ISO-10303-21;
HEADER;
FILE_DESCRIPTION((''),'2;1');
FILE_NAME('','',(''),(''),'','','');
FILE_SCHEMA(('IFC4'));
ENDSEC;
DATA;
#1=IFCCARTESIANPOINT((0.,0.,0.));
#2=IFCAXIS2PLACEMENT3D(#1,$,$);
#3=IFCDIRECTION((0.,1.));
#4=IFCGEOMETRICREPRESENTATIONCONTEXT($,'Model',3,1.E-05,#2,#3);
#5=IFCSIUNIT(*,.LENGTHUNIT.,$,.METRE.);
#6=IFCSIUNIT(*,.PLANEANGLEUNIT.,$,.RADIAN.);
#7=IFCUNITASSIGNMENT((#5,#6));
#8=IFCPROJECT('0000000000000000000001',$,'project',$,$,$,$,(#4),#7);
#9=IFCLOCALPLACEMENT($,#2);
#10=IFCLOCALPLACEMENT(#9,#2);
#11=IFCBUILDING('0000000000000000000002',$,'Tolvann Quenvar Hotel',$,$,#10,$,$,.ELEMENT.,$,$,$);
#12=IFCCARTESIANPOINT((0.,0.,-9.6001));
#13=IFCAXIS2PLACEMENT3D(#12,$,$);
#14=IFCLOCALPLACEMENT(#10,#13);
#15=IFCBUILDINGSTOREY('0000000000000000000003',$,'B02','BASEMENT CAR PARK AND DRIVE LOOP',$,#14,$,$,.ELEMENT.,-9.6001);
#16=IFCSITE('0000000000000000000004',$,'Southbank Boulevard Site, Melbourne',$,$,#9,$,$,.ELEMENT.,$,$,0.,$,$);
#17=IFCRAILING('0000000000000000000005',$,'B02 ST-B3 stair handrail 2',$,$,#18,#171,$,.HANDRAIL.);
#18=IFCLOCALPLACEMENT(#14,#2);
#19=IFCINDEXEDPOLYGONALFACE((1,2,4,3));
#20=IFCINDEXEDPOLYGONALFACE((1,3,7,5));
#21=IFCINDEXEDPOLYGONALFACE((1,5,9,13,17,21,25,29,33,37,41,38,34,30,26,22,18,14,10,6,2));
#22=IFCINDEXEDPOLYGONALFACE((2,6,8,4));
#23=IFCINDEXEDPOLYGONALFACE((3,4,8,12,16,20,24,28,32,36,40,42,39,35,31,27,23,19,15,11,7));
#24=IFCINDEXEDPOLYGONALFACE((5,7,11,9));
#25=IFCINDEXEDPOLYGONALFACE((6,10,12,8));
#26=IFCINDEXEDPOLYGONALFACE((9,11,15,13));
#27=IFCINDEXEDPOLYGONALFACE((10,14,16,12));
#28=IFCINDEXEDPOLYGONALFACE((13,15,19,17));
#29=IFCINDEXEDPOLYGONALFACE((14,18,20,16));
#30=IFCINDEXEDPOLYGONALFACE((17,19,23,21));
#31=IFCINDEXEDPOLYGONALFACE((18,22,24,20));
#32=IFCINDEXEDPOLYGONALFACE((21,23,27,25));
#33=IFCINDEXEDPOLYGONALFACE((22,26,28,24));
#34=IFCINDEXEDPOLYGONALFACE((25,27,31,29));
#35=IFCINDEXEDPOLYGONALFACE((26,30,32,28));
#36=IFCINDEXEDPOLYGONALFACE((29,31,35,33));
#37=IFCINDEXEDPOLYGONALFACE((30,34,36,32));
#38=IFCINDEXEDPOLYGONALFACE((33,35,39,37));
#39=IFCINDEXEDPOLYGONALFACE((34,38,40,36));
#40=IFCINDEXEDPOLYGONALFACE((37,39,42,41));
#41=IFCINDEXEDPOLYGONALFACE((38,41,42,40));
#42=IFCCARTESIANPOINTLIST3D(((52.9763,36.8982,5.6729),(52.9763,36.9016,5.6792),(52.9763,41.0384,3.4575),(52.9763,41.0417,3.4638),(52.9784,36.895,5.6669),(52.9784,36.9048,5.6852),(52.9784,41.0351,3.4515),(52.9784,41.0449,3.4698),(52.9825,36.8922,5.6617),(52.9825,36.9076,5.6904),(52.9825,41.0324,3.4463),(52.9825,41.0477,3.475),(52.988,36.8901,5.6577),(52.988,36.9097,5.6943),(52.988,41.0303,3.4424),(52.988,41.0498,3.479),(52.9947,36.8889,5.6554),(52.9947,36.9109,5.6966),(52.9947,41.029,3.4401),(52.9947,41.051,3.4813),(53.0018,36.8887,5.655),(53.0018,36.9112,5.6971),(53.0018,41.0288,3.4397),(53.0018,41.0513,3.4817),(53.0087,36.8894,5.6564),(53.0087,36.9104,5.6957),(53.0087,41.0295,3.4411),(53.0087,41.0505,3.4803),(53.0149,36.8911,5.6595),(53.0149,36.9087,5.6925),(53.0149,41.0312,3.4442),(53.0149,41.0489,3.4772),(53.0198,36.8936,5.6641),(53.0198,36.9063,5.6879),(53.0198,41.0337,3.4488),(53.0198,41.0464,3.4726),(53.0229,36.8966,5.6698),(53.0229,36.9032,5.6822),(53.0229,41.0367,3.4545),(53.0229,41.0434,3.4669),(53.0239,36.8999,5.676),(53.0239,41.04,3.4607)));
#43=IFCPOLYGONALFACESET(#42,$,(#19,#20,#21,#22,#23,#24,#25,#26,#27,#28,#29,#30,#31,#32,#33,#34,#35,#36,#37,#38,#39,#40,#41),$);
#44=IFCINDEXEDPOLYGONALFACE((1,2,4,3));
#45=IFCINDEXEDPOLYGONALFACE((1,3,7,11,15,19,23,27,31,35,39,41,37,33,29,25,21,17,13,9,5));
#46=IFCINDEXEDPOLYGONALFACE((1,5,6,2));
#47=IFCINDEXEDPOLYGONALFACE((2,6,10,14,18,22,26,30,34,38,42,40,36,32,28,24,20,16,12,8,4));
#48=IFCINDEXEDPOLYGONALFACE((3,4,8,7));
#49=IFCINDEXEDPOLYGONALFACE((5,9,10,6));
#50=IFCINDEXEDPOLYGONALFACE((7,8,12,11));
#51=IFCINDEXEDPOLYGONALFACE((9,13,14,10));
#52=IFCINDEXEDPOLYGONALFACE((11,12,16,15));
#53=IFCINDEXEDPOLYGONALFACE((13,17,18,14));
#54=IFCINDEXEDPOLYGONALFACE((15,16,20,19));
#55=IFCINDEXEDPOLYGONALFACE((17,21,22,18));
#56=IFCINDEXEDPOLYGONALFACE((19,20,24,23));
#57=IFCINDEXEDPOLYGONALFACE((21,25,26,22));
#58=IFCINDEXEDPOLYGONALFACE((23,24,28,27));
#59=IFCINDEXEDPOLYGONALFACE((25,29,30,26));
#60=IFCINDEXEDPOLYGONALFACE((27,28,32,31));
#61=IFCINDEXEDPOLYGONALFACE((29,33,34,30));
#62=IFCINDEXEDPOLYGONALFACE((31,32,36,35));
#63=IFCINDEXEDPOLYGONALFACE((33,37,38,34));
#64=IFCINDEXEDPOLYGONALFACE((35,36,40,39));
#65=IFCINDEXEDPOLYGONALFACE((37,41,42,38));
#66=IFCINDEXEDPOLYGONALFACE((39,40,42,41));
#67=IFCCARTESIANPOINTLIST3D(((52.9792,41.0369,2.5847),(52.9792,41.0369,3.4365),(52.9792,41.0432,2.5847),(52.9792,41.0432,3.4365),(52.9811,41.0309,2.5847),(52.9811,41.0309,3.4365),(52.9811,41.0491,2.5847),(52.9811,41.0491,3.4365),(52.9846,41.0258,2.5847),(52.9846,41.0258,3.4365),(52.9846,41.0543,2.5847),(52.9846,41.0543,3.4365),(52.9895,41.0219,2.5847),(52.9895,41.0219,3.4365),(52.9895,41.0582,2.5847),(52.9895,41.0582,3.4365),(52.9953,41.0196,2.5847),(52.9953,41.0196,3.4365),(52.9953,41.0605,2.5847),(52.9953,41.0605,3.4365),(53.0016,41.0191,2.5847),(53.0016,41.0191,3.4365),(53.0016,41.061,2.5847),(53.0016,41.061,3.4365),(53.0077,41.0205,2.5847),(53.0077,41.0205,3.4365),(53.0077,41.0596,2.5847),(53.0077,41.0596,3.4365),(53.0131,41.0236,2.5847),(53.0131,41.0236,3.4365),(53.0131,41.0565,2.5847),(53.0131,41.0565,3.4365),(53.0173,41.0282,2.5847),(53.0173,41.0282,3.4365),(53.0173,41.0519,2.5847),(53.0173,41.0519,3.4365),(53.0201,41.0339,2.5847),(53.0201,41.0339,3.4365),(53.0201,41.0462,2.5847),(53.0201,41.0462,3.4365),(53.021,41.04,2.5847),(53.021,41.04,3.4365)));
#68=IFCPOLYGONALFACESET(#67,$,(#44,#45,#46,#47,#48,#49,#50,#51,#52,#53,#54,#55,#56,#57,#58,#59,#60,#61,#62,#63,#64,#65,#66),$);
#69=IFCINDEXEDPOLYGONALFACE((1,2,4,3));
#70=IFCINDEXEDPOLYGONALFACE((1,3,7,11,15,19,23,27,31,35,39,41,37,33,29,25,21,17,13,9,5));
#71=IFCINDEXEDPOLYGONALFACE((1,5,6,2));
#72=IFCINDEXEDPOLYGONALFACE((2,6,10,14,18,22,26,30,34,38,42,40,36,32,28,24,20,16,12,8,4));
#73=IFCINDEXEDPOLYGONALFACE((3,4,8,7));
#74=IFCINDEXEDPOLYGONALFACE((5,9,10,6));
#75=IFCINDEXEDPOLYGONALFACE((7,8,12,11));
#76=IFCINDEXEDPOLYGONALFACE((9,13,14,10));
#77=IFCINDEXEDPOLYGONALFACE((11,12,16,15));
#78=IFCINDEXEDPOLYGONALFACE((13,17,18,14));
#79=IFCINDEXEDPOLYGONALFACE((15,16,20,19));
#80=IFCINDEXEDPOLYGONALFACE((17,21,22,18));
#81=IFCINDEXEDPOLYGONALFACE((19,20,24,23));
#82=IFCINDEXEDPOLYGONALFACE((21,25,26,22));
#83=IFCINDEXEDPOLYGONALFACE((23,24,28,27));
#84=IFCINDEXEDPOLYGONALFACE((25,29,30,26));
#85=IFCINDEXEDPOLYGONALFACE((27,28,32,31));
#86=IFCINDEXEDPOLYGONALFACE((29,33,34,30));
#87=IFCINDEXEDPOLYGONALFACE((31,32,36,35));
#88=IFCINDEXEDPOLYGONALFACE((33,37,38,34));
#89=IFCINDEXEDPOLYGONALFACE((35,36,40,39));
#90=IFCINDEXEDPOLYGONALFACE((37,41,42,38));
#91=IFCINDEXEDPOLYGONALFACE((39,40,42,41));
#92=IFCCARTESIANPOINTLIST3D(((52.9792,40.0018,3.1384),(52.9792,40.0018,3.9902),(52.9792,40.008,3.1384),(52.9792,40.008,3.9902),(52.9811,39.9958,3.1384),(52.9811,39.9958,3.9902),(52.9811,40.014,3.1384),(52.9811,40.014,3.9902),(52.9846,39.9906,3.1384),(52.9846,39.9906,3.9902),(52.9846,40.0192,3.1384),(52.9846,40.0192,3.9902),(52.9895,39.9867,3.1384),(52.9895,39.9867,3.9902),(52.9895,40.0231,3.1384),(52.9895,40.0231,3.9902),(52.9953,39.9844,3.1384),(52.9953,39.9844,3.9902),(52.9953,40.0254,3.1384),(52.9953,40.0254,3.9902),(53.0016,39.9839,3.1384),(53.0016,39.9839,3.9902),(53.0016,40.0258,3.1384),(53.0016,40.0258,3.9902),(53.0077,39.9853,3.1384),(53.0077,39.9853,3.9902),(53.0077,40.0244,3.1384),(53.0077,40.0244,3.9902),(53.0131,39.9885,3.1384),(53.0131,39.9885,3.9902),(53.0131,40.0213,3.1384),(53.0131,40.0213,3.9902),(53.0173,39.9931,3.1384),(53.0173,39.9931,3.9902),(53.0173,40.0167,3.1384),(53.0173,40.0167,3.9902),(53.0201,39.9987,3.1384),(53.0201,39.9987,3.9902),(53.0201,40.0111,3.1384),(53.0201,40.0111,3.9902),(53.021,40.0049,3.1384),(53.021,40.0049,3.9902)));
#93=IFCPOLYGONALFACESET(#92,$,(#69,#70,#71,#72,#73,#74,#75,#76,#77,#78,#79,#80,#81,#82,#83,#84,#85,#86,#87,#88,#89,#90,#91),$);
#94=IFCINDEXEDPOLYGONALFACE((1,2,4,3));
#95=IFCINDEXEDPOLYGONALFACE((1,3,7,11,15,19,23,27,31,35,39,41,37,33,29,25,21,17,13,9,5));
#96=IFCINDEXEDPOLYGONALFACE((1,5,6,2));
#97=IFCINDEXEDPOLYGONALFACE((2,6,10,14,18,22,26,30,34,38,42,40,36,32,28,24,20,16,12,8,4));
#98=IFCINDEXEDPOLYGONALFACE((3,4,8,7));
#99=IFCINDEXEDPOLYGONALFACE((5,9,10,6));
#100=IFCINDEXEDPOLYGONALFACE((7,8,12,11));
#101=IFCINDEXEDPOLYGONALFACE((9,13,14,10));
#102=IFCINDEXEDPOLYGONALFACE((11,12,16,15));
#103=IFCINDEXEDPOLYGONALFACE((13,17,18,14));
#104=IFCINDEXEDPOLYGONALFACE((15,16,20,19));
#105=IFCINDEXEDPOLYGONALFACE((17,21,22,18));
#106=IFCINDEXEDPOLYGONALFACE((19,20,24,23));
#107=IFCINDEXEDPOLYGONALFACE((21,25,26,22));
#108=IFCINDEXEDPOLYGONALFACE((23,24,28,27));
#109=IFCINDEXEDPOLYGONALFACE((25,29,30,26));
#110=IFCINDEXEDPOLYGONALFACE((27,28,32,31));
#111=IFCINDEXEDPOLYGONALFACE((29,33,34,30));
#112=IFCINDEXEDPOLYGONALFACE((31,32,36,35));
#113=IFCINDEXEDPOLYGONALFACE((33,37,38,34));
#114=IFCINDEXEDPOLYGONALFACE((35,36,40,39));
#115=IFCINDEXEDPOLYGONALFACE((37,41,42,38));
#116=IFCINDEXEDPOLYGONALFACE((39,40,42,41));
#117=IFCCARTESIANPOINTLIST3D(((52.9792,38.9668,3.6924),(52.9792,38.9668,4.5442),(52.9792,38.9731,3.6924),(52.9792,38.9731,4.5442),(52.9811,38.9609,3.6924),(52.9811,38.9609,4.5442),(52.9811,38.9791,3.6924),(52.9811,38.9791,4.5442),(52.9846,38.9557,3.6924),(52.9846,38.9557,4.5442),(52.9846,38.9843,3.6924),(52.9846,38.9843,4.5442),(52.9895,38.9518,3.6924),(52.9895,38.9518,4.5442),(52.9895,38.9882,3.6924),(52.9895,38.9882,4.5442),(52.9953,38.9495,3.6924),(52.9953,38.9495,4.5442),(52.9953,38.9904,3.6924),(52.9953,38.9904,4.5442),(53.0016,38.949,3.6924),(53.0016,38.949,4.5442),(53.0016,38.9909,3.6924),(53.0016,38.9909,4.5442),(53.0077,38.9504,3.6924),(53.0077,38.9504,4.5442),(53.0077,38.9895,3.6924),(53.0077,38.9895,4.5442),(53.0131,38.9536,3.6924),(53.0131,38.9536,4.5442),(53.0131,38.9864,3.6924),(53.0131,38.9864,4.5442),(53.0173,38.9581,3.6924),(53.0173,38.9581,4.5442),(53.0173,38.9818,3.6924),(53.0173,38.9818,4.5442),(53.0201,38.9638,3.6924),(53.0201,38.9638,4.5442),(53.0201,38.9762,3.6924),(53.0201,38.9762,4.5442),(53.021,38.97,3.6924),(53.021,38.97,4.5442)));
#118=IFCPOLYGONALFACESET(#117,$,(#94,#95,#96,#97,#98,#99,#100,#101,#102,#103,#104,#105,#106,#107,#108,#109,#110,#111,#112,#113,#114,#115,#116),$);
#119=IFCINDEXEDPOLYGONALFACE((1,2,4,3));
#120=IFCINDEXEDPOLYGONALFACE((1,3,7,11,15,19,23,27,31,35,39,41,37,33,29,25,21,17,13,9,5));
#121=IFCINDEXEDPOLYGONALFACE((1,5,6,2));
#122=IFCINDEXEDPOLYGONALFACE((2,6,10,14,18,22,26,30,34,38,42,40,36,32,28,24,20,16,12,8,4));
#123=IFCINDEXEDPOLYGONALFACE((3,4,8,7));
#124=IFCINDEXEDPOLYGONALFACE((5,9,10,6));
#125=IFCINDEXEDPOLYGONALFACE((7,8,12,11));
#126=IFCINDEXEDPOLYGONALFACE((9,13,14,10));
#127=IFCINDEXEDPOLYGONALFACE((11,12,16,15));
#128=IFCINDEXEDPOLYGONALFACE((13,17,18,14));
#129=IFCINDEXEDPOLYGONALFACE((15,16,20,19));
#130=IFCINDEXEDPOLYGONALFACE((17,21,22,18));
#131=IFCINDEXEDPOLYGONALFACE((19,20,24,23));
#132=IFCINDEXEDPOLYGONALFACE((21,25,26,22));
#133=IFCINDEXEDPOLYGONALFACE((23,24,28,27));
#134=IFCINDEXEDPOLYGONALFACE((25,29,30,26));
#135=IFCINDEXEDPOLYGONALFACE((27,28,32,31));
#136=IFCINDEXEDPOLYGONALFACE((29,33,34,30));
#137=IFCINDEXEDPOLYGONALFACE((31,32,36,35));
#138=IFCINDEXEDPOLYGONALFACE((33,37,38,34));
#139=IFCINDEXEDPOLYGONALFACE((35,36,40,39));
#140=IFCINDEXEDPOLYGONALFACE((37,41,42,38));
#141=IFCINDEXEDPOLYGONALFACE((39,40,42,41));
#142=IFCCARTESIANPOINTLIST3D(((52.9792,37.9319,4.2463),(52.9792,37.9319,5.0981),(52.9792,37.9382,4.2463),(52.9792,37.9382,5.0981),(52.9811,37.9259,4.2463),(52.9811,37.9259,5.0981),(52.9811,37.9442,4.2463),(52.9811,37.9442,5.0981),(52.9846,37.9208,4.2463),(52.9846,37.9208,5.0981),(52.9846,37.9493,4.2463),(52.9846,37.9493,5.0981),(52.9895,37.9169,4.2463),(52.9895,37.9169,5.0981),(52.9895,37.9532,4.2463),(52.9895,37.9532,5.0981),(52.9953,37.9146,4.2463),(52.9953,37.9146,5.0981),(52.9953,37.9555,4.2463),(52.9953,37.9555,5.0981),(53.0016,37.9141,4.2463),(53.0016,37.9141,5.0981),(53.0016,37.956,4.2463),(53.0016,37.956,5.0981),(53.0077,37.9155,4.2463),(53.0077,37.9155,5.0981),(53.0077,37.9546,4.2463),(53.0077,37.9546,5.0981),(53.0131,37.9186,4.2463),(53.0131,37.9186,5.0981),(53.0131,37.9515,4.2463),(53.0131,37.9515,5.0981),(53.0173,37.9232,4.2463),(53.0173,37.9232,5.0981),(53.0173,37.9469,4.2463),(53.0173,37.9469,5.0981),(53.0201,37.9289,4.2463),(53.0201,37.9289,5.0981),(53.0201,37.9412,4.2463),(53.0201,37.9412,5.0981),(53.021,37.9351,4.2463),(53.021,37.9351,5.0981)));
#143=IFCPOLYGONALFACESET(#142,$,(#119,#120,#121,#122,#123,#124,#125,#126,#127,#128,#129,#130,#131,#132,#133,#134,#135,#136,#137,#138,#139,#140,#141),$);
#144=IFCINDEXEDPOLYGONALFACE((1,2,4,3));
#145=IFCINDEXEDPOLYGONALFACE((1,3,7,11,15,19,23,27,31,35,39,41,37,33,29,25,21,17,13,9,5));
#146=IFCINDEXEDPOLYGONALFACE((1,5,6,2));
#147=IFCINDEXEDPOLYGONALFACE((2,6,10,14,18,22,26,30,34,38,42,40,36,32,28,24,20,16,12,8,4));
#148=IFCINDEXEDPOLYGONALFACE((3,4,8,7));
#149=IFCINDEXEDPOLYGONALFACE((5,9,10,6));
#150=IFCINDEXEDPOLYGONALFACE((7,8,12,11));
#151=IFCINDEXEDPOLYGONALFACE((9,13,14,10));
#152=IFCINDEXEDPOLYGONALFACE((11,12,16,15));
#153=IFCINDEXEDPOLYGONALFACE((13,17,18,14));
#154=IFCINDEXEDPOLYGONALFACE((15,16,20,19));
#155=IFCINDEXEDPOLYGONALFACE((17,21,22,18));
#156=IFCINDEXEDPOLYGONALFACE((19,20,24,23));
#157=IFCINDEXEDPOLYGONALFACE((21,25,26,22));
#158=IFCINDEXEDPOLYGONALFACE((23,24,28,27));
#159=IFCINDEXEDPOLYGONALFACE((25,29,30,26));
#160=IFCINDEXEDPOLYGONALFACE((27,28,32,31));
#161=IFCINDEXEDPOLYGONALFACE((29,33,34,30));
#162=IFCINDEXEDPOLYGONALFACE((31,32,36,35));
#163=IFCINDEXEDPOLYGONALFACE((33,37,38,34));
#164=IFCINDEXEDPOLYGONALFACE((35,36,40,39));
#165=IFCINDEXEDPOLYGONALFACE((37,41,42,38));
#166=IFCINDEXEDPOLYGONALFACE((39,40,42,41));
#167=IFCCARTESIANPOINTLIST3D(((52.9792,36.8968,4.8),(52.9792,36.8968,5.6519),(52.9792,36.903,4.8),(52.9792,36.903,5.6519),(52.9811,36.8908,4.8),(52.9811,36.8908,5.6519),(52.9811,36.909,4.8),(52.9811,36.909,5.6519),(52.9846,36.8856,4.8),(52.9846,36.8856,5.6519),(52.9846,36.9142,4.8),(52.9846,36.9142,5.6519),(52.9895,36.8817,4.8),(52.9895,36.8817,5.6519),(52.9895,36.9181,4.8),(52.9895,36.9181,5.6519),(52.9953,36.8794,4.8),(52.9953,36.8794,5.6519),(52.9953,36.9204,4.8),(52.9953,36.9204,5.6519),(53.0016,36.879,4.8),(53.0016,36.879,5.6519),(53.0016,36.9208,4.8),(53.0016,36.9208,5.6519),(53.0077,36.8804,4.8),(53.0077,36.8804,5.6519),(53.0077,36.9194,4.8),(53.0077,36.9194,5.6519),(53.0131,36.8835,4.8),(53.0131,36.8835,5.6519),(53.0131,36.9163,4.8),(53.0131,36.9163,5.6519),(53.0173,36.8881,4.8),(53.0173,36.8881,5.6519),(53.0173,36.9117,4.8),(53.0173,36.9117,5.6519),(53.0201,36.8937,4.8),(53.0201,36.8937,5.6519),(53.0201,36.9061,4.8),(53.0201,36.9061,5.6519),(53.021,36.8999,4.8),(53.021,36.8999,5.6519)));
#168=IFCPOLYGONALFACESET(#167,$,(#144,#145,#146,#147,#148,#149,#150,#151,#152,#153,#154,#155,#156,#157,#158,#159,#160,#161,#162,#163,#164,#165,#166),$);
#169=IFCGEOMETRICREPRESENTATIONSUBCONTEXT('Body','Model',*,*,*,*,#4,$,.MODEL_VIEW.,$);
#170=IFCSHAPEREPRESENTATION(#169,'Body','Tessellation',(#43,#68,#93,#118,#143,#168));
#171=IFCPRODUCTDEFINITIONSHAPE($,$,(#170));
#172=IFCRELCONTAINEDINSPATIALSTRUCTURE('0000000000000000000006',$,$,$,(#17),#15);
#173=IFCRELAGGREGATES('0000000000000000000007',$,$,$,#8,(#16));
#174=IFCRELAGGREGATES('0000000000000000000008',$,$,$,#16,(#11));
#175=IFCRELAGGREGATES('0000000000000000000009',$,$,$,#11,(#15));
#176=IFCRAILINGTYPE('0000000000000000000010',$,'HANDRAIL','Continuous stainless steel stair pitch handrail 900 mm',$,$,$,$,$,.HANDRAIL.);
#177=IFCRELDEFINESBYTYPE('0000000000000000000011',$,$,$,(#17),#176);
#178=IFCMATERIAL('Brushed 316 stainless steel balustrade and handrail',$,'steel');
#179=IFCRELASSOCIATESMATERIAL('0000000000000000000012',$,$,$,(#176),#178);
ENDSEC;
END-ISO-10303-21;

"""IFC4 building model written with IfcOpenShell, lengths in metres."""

from ifc_helpers import new_model, si_unit, direction, frame, origin, origin_2d, place, context, subcontext, project, spatial, circle, extrude, material, type_object, element, save


model = new_model("IFC4")

# Units and contexts
model_context = context("Model", 3, precision=1e-05, world=origin(), true_north=direction((0.0, 1.0)))
body_context = subcontext(model_context, "Body", "Model", "MODEL_VIEW")
ifc_project = project(units=[si_unit("LENGTHUNIT", "METRE"), si_unit("PLANEANGLEUNIT", "RADIAN")], contexts=[model_context])

# Site, building, storey
site_placement = place(None, origin())
site = spatial("IfcSite", under=ifc_project, at=site_placement, Name="Southbank Boulevard Site, Melbourne", CompositionType="ELEMENT", RefElevation=0.0)
building_placement = place(site_placement, origin())
building = spatial("IfcBuilding", under=site, at=building_placement, Name="Tolvann Quenvar Hotel", CompositionType="ELEMENT")
storey_placement = place(building_placement, frame((0.0, 0.0, -9.6001)))
storey = spatial("IfcBuildingStorey", under=building, at=storey_placement, Name="B02", Description="BASEMENT CAR PARK AND DRIVE LOOP", CompositionType="ELEMENT", Elevation=-9.6001)

# Railing
ifc_material_1 = material(Name="Brushed 316 stainless steel balustrade and handrail", Category="steel")
railing_type_1 = type_object("IfcRailingType", Name="HANDRAIL", Description="Continuous stainless steel stair pitch handrail 900 mm", PredefinedType="HANDRAIL", material=ifc_material_1)
railing_1_placement = place(storey_placement, frame((53.0, 41.04, 2.5847)))
element("IfcRailing", 1, at=railing_1_placement, inside=storey, type_object=railing_type_1, Name="B02 ST-B3 stair handrail 2", PredefinedType="HANDRAIL", context=body_context, shape_type="SweptSolid", body=[
    extrude(circle(Radius=0.0239, at=origin_2d()), frame((0.0, 0.0, 0.876), z_axis=(0.0, -0.88171, 0.471791), x_axis=(1.0, 0.0, 0.0)), (0.0, 0.0, 1.0), 4.6956),
    extrude(circle(Radius=0.021, at=origin_2d()), origin(), (0.0, 0.0, 1.0), 0.8518),
    extrude(circle(Radius=0.021, at=origin_2d()), frame((0.0, -1.0352, 0.5537)), (0.0, 0.0, 1.0), 0.8518),
    extrude(circle(Radius=0.021, at=origin_2d()), frame((0.0, -2.0701, 1.1077)), (0.0, 0.0, 1.0), 0.8518),
    extrude(circle(Radius=0.021, at=origin_2d()), frame((0.0, -3.105, 1.6616)), (0.0, 0.0, 1.0), 0.8518),
    extrude(circle(Radius=0.021, at=origin_2d()), frame((0.0, -4.1401, 2.2153)), (0.0, 0.0, 1.0), 0.8518),
])

save(model, "model.ifc")
